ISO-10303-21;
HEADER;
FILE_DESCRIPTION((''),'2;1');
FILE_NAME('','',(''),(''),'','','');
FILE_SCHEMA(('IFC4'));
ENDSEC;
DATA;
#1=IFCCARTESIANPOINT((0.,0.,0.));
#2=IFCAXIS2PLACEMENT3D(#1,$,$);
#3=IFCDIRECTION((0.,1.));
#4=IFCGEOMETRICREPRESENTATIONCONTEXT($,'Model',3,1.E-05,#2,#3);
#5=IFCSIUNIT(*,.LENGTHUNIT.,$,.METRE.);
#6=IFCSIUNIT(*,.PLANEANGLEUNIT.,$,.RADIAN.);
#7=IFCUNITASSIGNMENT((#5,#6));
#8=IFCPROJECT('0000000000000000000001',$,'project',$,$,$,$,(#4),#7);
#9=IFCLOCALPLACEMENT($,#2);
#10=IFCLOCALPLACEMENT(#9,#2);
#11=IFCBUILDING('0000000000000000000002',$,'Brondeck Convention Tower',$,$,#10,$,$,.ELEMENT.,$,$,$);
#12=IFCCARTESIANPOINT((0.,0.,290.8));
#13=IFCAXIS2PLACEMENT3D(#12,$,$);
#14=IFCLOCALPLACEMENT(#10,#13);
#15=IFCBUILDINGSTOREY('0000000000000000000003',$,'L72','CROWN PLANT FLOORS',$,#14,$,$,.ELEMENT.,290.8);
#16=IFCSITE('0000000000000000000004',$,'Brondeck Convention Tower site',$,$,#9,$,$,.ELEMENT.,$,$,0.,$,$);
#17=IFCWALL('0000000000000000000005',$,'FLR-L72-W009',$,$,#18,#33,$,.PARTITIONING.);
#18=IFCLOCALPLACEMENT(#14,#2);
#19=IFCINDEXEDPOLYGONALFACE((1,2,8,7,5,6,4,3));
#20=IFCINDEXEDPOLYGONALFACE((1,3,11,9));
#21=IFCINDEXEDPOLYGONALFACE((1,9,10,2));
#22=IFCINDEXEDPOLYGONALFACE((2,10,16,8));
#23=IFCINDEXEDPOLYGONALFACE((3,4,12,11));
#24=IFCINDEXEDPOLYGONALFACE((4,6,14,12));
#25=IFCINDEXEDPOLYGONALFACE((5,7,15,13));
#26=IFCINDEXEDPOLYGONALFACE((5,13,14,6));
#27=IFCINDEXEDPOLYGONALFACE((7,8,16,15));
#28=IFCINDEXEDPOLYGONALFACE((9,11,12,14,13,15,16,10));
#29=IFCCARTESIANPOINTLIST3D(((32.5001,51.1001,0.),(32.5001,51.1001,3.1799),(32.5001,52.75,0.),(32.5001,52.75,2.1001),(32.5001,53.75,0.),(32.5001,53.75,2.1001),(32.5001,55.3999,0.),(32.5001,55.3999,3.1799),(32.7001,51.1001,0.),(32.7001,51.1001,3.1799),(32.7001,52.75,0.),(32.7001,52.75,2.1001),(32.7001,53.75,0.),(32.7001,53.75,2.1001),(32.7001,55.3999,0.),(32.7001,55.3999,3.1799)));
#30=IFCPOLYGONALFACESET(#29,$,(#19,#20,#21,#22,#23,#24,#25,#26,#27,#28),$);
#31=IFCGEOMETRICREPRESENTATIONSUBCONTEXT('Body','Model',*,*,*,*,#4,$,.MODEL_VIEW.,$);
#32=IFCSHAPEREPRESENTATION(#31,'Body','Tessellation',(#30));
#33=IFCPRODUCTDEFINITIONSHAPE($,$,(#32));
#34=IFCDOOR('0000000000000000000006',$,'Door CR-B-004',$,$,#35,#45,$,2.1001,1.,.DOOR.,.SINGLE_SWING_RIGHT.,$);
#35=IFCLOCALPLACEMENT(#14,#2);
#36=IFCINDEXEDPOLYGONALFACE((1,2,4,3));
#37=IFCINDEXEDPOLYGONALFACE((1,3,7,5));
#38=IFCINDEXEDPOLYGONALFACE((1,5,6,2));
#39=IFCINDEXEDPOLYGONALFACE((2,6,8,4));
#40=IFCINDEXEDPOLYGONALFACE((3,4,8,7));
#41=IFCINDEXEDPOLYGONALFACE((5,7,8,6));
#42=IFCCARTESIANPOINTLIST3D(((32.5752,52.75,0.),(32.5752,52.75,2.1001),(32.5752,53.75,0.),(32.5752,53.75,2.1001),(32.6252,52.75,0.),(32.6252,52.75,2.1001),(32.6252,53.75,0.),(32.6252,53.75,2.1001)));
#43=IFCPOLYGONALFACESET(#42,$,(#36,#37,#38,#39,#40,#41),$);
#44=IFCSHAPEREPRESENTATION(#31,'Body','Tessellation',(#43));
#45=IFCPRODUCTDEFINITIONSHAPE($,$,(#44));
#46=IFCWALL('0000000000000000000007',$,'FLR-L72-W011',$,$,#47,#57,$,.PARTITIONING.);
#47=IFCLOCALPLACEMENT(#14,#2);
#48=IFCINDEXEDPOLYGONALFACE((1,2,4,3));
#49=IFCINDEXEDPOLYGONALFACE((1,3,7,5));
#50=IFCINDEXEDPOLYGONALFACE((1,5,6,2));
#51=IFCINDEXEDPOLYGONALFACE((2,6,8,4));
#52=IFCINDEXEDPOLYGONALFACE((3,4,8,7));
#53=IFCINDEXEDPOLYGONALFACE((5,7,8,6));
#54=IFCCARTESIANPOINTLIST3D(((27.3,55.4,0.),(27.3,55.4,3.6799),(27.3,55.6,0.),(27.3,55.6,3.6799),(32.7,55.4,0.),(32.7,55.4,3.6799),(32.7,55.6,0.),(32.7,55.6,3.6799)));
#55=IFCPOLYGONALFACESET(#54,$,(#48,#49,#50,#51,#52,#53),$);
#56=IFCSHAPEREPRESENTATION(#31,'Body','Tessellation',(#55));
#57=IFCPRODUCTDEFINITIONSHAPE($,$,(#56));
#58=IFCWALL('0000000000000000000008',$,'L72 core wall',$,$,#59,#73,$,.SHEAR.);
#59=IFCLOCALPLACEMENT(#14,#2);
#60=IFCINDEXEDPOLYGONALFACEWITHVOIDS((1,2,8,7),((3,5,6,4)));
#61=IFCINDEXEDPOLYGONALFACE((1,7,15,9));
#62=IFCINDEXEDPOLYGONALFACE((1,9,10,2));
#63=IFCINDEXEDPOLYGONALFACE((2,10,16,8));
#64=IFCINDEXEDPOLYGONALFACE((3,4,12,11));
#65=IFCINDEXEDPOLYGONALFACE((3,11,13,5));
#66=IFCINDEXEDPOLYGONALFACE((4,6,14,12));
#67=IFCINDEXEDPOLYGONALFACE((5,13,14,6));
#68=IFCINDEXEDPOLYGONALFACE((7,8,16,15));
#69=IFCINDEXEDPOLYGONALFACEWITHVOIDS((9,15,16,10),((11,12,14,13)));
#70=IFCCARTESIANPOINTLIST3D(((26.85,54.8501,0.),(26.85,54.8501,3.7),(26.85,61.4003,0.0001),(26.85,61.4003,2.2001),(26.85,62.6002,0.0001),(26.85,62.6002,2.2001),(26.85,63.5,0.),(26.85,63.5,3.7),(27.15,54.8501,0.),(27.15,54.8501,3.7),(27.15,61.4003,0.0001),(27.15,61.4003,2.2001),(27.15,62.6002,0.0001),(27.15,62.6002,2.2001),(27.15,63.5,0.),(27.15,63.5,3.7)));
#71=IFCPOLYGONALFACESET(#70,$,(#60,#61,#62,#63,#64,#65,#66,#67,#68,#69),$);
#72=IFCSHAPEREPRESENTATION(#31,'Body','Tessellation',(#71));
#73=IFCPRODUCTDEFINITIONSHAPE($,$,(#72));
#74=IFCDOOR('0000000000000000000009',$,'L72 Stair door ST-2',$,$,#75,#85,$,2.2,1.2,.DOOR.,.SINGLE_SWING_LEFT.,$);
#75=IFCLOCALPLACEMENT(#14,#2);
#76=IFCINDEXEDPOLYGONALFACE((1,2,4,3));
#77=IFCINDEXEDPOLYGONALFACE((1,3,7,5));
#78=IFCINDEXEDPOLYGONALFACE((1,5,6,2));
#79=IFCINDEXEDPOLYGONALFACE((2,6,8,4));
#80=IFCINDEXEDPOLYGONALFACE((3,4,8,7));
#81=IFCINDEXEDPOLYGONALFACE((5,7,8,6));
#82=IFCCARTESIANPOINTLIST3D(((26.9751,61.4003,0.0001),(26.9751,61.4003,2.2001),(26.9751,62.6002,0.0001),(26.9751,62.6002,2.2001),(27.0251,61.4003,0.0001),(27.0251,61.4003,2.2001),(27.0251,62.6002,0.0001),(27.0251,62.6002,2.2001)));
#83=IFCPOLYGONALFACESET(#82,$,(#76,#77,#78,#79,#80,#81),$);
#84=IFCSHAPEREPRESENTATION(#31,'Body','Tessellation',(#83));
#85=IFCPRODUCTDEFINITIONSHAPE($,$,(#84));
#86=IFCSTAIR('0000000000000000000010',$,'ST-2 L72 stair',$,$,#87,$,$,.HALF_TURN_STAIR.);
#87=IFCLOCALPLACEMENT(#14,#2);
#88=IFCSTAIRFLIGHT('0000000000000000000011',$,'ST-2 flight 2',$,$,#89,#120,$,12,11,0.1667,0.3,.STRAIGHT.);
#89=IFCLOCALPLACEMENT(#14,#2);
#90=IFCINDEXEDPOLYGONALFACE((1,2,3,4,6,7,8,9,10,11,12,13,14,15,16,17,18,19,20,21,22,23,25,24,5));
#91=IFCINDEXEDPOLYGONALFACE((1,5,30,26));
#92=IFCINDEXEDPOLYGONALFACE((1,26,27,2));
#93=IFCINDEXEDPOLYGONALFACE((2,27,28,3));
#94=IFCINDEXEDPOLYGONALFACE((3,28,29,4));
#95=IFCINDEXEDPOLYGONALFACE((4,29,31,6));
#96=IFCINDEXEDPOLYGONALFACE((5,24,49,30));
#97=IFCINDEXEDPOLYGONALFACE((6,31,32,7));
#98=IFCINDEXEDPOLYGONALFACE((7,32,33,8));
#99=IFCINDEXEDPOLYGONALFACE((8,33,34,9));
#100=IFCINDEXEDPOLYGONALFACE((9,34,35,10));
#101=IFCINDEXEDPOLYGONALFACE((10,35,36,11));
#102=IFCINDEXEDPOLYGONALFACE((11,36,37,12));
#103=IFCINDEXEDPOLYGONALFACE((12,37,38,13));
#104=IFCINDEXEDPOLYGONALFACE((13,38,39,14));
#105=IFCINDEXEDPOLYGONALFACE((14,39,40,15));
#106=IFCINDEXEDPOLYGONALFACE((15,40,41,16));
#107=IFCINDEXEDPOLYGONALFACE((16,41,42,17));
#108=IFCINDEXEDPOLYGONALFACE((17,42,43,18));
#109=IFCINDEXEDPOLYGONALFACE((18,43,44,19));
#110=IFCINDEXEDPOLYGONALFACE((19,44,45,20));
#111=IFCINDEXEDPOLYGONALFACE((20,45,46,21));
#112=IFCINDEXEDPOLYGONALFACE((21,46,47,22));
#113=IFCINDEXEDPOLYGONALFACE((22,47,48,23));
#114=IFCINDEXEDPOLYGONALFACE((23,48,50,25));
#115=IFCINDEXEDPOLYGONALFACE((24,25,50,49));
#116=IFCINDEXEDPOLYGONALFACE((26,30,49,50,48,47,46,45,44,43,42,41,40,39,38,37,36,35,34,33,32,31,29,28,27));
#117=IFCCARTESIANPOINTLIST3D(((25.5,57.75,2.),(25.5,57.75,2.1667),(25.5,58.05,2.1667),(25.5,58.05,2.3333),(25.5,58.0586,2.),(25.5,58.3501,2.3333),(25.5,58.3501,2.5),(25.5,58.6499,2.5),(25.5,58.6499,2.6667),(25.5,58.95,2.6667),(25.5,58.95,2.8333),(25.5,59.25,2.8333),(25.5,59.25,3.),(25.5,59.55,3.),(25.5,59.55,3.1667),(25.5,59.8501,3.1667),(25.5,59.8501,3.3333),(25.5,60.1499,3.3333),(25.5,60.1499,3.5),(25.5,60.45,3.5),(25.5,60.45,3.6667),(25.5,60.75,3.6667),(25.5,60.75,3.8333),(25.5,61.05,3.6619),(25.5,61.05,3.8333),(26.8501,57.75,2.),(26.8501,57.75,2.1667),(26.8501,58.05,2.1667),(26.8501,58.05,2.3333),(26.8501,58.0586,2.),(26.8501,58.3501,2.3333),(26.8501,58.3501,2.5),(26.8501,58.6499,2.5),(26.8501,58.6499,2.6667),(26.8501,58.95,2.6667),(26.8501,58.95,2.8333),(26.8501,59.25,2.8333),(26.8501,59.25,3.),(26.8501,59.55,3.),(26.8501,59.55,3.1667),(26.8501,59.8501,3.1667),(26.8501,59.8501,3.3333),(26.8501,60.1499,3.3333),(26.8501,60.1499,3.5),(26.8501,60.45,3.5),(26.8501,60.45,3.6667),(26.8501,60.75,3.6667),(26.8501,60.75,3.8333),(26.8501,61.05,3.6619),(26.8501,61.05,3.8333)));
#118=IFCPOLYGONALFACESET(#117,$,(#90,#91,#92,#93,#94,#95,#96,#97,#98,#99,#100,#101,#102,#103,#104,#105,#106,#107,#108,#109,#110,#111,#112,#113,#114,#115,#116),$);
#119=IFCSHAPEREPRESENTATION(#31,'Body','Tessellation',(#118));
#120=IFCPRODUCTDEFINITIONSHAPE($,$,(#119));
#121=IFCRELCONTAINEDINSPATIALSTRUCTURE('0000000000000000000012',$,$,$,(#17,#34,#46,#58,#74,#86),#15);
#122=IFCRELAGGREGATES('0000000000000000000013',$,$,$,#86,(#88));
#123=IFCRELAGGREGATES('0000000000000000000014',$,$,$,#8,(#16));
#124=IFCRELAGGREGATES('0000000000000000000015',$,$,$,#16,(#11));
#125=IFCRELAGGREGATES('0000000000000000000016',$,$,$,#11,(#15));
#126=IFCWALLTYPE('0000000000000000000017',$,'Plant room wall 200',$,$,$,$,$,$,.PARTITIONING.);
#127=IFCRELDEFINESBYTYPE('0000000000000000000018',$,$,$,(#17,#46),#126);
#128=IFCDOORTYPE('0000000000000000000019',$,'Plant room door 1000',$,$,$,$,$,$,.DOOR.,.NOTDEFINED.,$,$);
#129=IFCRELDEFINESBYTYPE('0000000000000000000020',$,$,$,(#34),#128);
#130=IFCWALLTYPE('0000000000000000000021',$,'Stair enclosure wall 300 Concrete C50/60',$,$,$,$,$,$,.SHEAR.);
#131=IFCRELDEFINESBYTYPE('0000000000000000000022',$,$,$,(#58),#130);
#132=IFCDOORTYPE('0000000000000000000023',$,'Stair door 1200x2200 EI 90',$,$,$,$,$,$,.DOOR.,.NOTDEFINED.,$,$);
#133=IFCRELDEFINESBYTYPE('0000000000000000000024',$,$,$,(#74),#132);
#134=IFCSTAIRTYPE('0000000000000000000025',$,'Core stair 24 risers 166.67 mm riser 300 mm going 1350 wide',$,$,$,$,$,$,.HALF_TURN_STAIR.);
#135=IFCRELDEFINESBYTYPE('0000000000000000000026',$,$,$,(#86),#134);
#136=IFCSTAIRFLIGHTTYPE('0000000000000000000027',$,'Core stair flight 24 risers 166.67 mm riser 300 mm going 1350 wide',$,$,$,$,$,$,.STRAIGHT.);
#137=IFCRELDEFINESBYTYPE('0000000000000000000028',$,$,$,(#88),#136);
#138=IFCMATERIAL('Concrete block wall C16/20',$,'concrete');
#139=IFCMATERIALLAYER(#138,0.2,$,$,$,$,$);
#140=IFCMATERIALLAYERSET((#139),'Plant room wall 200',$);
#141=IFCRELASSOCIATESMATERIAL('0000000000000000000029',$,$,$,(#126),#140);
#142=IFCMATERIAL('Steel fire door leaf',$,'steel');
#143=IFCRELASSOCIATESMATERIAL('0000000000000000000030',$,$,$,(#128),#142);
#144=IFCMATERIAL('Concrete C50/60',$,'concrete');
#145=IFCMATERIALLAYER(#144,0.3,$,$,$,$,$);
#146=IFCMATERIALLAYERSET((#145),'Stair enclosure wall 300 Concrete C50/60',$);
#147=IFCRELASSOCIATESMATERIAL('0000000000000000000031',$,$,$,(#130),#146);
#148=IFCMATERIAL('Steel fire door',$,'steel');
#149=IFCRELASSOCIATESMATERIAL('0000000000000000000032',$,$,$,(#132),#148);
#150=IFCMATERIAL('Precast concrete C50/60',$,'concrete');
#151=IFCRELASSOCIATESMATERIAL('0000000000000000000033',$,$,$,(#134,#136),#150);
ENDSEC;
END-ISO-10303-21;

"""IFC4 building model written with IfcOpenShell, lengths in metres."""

from ifc_helpers import new_model, si_unit, direction, frame, frame_2d, origin, place, context, subcontext, project, spatial, polyline, rectangle, outline, extrude, material, layer, layer_set, type_object, element, fill, aggregate, save


model = new_model("IFC4")

# Units and contexts
model_context = context("Model", 3, precision=1e-05, world=origin(), true_north=direction((0.0, 1.0)))
body_context = subcontext(model_context, "Body", "Model", "MODEL_VIEW")
ifc_project = project(units=[si_unit("LENGTHUNIT", "METRE"), si_unit("PLANEANGLEUNIT", "RADIAN")], contexts=[model_context])

# Site, building, storey
site_placement = place(None, origin())
site = spatial("IfcSite", under=ifc_project, at=site_placement, Name="Brondeck Convention Tower site", CompositionType="ELEMENT", RefElevation=0.0)
building_placement = place(site_placement, origin())
building = spatial("IfcBuilding", under=site, at=building_placement, Name="Brondeck Convention Tower", CompositionType="ELEMENT")
storey_placement = place(building_placement, frame((0.0, 0.0, 290.8)))
storey = spatial("IfcBuildingStorey", under=building, at=storey_placement, Name="L72", Description="CROWN PLANT FLOORS", CompositionType="ELEMENT", Elevation=290.8)

# Shared definitions
ifc_material_1 = material(Name="Concrete C50/60", Category="concrete")

# Wall, opening, door
ifc_material_2 = material(Name="Concrete block wall C16/20", Category="concrete")
ifc_layer_1 = layer(ifc_material_2, 0.2)
ifc_layer_set_1 = layer_set([ifc_layer_1], Name="Plant room wall 200")
wall_type_1 = type_object("IfcWallType", Name="Plant room wall 200", PredefinedType="PARTITIONING", material=ifc_layer_set_1)
wall_1_placement = place(storey_placement, frame((32.6001, 51.1001, 0.0), z_axis=(0.0, 0.0, 1.0), x_axis=(0.0, 1.0, 0.0)))
wall_1 = element("IfcWall", 1, at=wall_1_placement, inside=storey, type_object=wall_type_1, Name="FLR-L72-W009", PredefinedType="PARTITIONING", context=body_context, shape_type="SweptSolid", body=[
    extrude(rectangle(XDim=4.2998, YDim=0.2, at=frame_2d((2.1499, 0.0))), origin(), (0.0, 0.0, 1.0), 3.1799),
])
opening_1_placement = place(wall_1_placement, frame((1.6499, 0.0, 0.0)))
opening_1 = element("IfcOpeningElement", 2, at=opening_1_placement, cuts=wall_1, PredefinedType="OPENING", context=body_context, shape_type="SweptSolid", body=[
    extrude(rectangle(XDim=1.0, YDim=2.1001, at=frame_2d((0.5, 1.05))), frame((0.0, 0.1099, 0.0), z_axis=(0.0, -1.0, 0.0), x_axis=(1.0, 0.0, 0.0)), (0.0, 0.0, 1.0), 0.22),
])
ifc_material_3 = material(Name="Steel fire door leaf", Category="steel")
door_type_1 = type_object("IfcDoorType", Name="Plant room door 1000", OperationType="NOTDEFINED", PredefinedType="DOOR", material=ifc_material_3)
door_1_placement = place(opening_1_placement, origin())
door_1 = element("IfcDoor", 3, at=door_1_placement, inside=storey, type_object=door_type_1, Name="Door CR-B-004", OperationType="SINGLE_SWING_RIGHT", OverallHeight=2.1001, OverallWidth=1.0, PredefinedType="DOOR", context=body_context, shape_type="SweptSolid", body=[
    extrude(rectangle(XDim=1.0, YDim=2.1001, at=frame_2d((0.5, 1.05))), frame((0.0, 0.0249, 0.0), z_axis=(0.0, -1.0, 0.0), x_axis=(1.0, 0.0, 0.0)), (0.0, 0.0, 1.0), 0.05),
])
fill(opening_1, door_1)

# Wall
wall_2_placement = place(storey_placement, frame((32.7, 55.5, 0.0), z_axis=(0.0, 0.0, 1.0), x_axis=(-1.0, 0.0, 0.0)))
element("IfcWall", 4, at=wall_2_placement, inside=storey, type_object=wall_type_1, Name="FLR-L72-W011", PredefinedType="PARTITIONING", context=body_context, shape_type="SweptSolid", body=[
    extrude(rectangle(XDim=5.3999, YDim=0.2, at=frame_2d((2.7, 0.0))), origin(), (0.0, 0.0, 1.0), 3.6799),
])

# Wall, opening, door
ifc_layer_2 = layer(ifc_material_1, 0.3)
ifc_layer_set_2 = layer_set([ifc_layer_2], Name="Stair enclosure wall 300 Concrete C50/60")
wall_type_2 = type_object("IfcWallType", Name="Stair enclosure wall 300 Concrete C50/60", PredefinedType="SHEAR", material=ifc_layer_set_2)
wall_3_placement = place(storey_placement, frame((27.0, 54.8501, 0.0), z_axis=(0.0, 0.0, 1.0), x_axis=(0.0, 1.0, 0.0)))
wall_3 = element("IfcWall", 5, at=wall_3_placement, inside=storey, type_object=wall_type_2, Name="L72 core wall", PredefinedType="SHEAR", context=body_context, shape_type="SweptSolid", body=[
    extrude(rectangle(XDim=8.6499, YDim=0.3, at=frame_2d((4.325, 0.0))), origin(), (0.0, 0.0, 1.0), 3.7),
])
opening_2_placement = place(wall_3_placement, frame((6.55, 0.0, 0.0)))
opening_2 = element("IfcOpeningElement", 6, at=opening_2_placement, cuts=wall_3, PredefinedType="OPENING", context=body_context, shape_type="SweptSolid", body=[
    extrude(rectangle(XDim=1.2, YDim=2.2, at=frame_2d((0.6001, 1.1001))), frame((0.0, 0.1599, 0.0), z_axis=(0.0, -1.0, 0.0), x_axis=(1.0, 0.0, 0.0)), (0.0, 0.0, 1.0), 0.3201),
])
ifc_material_4 = material(Name="Steel fire door", Category="steel")
door_type_2 = type_object("IfcDoorType", Name="Stair door 1200x2200 EI 90", OperationType="NOTDEFINED", PredefinedType="DOOR", material=ifc_material_4)
door_2_placement = place(opening_2_placement, origin())
door_2 = element("IfcDoor", 7, at=door_2_placement, inside=storey, type_object=door_type_2, Name="L72 Stair door ST-2", OperationType="SINGLE_SWING_LEFT", OverallHeight=2.2, OverallWidth=1.2, PredefinedType="DOOR", context=body_context, shape_type="SweptSolid", body=[
    extrude(rectangle(XDim=1.2, YDim=2.2, at=frame_2d((0.6001, 1.1001))), frame((0.0, 0.0249, 0.0), z_axis=(0.0, -1.0, 0.0), x_axis=(1.0, 0.0, 0.0)), (0.0, 0.0, 1.0), 0.05),
])
fill(opening_2, door_2)

# Stair, stair flight
ifc_material_5 = material(Name="Precast concrete C50/60", Category="concrete")
stair_type = type_object("IfcStairType", Name="Core stair 24 risers 166.67 mm riser 300 mm going 1350 wide", PredefinedType="HALF_TURN_STAIR", material=ifc_material_5)
stair_placement = place(storey_placement, origin())
stair = element("IfcStair", 8, at=stair_placement, inside=storey, type_object=stair_type, Name="ST-2 L72 stair", PredefinedType="HALF_TURN_STAIR")
stair_flight_type = type_object("IfcStairFlightType", Name="Core stair flight 24 risers 166.67 mm riser 300 mm going 1350 wide", PredefinedType="STRAIGHT", material=ifc_material_5)
stair_flight_placement = place(storey_placement, frame((26.175, 57.75, 2.0), z_axis=(0.0, 0.0, 1.0), x_axis=(0.0, 1.0, 0.0)))
stair_flight = element("IfcStairFlight", 9, at=stair_flight_placement, type_object=stair_flight_type, Name="ST-2 flight 2", NumberOfRisers=12, NumberOfTreads=11, PredefinedType="STRAIGHT", RiserHeight=0.1667, TreadLength=0.3, context=body_context, shape_type="SweptSolid", body=[
    extrude(outline(polyline([(0.0, 0.0), (0.0, 0.1667), (0.3, 0.1667), (0.3, 0.3333), (0.6001, 0.3333), (0.6001, 0.5), (0.8999, 0.5), (0.8999, 0.6667), (1.2, 0.6667), (1.2, 0.8333), (1.5, 0.8333), (1.5, 1.0), (1.8, 1.0), (1.8, 1.1667), (2.1001, 1.1667), (2.1001, 1.3333), (2.3999, 1.3333), (2.3999, 1.5), (2.7, 1.5), (2.7, 1.6667), (3.0, 1.6667), (3.0, 1.8333), (3.3, 1.8333), (3.3, 2.0), (3.3, 1.6619), (0.3086, 0.0), (0.0, 0.0)])), frame((0.0, 0.675, 0.0), z_axis=(0.0, -1.0, 0.0), x_axis=(1.0, 0.0, 0.0)), (0.0, 0.0, 1.0), 1.3501),
])
aggregate(stair, [stair_flight])

save(model, "model.ifc")
